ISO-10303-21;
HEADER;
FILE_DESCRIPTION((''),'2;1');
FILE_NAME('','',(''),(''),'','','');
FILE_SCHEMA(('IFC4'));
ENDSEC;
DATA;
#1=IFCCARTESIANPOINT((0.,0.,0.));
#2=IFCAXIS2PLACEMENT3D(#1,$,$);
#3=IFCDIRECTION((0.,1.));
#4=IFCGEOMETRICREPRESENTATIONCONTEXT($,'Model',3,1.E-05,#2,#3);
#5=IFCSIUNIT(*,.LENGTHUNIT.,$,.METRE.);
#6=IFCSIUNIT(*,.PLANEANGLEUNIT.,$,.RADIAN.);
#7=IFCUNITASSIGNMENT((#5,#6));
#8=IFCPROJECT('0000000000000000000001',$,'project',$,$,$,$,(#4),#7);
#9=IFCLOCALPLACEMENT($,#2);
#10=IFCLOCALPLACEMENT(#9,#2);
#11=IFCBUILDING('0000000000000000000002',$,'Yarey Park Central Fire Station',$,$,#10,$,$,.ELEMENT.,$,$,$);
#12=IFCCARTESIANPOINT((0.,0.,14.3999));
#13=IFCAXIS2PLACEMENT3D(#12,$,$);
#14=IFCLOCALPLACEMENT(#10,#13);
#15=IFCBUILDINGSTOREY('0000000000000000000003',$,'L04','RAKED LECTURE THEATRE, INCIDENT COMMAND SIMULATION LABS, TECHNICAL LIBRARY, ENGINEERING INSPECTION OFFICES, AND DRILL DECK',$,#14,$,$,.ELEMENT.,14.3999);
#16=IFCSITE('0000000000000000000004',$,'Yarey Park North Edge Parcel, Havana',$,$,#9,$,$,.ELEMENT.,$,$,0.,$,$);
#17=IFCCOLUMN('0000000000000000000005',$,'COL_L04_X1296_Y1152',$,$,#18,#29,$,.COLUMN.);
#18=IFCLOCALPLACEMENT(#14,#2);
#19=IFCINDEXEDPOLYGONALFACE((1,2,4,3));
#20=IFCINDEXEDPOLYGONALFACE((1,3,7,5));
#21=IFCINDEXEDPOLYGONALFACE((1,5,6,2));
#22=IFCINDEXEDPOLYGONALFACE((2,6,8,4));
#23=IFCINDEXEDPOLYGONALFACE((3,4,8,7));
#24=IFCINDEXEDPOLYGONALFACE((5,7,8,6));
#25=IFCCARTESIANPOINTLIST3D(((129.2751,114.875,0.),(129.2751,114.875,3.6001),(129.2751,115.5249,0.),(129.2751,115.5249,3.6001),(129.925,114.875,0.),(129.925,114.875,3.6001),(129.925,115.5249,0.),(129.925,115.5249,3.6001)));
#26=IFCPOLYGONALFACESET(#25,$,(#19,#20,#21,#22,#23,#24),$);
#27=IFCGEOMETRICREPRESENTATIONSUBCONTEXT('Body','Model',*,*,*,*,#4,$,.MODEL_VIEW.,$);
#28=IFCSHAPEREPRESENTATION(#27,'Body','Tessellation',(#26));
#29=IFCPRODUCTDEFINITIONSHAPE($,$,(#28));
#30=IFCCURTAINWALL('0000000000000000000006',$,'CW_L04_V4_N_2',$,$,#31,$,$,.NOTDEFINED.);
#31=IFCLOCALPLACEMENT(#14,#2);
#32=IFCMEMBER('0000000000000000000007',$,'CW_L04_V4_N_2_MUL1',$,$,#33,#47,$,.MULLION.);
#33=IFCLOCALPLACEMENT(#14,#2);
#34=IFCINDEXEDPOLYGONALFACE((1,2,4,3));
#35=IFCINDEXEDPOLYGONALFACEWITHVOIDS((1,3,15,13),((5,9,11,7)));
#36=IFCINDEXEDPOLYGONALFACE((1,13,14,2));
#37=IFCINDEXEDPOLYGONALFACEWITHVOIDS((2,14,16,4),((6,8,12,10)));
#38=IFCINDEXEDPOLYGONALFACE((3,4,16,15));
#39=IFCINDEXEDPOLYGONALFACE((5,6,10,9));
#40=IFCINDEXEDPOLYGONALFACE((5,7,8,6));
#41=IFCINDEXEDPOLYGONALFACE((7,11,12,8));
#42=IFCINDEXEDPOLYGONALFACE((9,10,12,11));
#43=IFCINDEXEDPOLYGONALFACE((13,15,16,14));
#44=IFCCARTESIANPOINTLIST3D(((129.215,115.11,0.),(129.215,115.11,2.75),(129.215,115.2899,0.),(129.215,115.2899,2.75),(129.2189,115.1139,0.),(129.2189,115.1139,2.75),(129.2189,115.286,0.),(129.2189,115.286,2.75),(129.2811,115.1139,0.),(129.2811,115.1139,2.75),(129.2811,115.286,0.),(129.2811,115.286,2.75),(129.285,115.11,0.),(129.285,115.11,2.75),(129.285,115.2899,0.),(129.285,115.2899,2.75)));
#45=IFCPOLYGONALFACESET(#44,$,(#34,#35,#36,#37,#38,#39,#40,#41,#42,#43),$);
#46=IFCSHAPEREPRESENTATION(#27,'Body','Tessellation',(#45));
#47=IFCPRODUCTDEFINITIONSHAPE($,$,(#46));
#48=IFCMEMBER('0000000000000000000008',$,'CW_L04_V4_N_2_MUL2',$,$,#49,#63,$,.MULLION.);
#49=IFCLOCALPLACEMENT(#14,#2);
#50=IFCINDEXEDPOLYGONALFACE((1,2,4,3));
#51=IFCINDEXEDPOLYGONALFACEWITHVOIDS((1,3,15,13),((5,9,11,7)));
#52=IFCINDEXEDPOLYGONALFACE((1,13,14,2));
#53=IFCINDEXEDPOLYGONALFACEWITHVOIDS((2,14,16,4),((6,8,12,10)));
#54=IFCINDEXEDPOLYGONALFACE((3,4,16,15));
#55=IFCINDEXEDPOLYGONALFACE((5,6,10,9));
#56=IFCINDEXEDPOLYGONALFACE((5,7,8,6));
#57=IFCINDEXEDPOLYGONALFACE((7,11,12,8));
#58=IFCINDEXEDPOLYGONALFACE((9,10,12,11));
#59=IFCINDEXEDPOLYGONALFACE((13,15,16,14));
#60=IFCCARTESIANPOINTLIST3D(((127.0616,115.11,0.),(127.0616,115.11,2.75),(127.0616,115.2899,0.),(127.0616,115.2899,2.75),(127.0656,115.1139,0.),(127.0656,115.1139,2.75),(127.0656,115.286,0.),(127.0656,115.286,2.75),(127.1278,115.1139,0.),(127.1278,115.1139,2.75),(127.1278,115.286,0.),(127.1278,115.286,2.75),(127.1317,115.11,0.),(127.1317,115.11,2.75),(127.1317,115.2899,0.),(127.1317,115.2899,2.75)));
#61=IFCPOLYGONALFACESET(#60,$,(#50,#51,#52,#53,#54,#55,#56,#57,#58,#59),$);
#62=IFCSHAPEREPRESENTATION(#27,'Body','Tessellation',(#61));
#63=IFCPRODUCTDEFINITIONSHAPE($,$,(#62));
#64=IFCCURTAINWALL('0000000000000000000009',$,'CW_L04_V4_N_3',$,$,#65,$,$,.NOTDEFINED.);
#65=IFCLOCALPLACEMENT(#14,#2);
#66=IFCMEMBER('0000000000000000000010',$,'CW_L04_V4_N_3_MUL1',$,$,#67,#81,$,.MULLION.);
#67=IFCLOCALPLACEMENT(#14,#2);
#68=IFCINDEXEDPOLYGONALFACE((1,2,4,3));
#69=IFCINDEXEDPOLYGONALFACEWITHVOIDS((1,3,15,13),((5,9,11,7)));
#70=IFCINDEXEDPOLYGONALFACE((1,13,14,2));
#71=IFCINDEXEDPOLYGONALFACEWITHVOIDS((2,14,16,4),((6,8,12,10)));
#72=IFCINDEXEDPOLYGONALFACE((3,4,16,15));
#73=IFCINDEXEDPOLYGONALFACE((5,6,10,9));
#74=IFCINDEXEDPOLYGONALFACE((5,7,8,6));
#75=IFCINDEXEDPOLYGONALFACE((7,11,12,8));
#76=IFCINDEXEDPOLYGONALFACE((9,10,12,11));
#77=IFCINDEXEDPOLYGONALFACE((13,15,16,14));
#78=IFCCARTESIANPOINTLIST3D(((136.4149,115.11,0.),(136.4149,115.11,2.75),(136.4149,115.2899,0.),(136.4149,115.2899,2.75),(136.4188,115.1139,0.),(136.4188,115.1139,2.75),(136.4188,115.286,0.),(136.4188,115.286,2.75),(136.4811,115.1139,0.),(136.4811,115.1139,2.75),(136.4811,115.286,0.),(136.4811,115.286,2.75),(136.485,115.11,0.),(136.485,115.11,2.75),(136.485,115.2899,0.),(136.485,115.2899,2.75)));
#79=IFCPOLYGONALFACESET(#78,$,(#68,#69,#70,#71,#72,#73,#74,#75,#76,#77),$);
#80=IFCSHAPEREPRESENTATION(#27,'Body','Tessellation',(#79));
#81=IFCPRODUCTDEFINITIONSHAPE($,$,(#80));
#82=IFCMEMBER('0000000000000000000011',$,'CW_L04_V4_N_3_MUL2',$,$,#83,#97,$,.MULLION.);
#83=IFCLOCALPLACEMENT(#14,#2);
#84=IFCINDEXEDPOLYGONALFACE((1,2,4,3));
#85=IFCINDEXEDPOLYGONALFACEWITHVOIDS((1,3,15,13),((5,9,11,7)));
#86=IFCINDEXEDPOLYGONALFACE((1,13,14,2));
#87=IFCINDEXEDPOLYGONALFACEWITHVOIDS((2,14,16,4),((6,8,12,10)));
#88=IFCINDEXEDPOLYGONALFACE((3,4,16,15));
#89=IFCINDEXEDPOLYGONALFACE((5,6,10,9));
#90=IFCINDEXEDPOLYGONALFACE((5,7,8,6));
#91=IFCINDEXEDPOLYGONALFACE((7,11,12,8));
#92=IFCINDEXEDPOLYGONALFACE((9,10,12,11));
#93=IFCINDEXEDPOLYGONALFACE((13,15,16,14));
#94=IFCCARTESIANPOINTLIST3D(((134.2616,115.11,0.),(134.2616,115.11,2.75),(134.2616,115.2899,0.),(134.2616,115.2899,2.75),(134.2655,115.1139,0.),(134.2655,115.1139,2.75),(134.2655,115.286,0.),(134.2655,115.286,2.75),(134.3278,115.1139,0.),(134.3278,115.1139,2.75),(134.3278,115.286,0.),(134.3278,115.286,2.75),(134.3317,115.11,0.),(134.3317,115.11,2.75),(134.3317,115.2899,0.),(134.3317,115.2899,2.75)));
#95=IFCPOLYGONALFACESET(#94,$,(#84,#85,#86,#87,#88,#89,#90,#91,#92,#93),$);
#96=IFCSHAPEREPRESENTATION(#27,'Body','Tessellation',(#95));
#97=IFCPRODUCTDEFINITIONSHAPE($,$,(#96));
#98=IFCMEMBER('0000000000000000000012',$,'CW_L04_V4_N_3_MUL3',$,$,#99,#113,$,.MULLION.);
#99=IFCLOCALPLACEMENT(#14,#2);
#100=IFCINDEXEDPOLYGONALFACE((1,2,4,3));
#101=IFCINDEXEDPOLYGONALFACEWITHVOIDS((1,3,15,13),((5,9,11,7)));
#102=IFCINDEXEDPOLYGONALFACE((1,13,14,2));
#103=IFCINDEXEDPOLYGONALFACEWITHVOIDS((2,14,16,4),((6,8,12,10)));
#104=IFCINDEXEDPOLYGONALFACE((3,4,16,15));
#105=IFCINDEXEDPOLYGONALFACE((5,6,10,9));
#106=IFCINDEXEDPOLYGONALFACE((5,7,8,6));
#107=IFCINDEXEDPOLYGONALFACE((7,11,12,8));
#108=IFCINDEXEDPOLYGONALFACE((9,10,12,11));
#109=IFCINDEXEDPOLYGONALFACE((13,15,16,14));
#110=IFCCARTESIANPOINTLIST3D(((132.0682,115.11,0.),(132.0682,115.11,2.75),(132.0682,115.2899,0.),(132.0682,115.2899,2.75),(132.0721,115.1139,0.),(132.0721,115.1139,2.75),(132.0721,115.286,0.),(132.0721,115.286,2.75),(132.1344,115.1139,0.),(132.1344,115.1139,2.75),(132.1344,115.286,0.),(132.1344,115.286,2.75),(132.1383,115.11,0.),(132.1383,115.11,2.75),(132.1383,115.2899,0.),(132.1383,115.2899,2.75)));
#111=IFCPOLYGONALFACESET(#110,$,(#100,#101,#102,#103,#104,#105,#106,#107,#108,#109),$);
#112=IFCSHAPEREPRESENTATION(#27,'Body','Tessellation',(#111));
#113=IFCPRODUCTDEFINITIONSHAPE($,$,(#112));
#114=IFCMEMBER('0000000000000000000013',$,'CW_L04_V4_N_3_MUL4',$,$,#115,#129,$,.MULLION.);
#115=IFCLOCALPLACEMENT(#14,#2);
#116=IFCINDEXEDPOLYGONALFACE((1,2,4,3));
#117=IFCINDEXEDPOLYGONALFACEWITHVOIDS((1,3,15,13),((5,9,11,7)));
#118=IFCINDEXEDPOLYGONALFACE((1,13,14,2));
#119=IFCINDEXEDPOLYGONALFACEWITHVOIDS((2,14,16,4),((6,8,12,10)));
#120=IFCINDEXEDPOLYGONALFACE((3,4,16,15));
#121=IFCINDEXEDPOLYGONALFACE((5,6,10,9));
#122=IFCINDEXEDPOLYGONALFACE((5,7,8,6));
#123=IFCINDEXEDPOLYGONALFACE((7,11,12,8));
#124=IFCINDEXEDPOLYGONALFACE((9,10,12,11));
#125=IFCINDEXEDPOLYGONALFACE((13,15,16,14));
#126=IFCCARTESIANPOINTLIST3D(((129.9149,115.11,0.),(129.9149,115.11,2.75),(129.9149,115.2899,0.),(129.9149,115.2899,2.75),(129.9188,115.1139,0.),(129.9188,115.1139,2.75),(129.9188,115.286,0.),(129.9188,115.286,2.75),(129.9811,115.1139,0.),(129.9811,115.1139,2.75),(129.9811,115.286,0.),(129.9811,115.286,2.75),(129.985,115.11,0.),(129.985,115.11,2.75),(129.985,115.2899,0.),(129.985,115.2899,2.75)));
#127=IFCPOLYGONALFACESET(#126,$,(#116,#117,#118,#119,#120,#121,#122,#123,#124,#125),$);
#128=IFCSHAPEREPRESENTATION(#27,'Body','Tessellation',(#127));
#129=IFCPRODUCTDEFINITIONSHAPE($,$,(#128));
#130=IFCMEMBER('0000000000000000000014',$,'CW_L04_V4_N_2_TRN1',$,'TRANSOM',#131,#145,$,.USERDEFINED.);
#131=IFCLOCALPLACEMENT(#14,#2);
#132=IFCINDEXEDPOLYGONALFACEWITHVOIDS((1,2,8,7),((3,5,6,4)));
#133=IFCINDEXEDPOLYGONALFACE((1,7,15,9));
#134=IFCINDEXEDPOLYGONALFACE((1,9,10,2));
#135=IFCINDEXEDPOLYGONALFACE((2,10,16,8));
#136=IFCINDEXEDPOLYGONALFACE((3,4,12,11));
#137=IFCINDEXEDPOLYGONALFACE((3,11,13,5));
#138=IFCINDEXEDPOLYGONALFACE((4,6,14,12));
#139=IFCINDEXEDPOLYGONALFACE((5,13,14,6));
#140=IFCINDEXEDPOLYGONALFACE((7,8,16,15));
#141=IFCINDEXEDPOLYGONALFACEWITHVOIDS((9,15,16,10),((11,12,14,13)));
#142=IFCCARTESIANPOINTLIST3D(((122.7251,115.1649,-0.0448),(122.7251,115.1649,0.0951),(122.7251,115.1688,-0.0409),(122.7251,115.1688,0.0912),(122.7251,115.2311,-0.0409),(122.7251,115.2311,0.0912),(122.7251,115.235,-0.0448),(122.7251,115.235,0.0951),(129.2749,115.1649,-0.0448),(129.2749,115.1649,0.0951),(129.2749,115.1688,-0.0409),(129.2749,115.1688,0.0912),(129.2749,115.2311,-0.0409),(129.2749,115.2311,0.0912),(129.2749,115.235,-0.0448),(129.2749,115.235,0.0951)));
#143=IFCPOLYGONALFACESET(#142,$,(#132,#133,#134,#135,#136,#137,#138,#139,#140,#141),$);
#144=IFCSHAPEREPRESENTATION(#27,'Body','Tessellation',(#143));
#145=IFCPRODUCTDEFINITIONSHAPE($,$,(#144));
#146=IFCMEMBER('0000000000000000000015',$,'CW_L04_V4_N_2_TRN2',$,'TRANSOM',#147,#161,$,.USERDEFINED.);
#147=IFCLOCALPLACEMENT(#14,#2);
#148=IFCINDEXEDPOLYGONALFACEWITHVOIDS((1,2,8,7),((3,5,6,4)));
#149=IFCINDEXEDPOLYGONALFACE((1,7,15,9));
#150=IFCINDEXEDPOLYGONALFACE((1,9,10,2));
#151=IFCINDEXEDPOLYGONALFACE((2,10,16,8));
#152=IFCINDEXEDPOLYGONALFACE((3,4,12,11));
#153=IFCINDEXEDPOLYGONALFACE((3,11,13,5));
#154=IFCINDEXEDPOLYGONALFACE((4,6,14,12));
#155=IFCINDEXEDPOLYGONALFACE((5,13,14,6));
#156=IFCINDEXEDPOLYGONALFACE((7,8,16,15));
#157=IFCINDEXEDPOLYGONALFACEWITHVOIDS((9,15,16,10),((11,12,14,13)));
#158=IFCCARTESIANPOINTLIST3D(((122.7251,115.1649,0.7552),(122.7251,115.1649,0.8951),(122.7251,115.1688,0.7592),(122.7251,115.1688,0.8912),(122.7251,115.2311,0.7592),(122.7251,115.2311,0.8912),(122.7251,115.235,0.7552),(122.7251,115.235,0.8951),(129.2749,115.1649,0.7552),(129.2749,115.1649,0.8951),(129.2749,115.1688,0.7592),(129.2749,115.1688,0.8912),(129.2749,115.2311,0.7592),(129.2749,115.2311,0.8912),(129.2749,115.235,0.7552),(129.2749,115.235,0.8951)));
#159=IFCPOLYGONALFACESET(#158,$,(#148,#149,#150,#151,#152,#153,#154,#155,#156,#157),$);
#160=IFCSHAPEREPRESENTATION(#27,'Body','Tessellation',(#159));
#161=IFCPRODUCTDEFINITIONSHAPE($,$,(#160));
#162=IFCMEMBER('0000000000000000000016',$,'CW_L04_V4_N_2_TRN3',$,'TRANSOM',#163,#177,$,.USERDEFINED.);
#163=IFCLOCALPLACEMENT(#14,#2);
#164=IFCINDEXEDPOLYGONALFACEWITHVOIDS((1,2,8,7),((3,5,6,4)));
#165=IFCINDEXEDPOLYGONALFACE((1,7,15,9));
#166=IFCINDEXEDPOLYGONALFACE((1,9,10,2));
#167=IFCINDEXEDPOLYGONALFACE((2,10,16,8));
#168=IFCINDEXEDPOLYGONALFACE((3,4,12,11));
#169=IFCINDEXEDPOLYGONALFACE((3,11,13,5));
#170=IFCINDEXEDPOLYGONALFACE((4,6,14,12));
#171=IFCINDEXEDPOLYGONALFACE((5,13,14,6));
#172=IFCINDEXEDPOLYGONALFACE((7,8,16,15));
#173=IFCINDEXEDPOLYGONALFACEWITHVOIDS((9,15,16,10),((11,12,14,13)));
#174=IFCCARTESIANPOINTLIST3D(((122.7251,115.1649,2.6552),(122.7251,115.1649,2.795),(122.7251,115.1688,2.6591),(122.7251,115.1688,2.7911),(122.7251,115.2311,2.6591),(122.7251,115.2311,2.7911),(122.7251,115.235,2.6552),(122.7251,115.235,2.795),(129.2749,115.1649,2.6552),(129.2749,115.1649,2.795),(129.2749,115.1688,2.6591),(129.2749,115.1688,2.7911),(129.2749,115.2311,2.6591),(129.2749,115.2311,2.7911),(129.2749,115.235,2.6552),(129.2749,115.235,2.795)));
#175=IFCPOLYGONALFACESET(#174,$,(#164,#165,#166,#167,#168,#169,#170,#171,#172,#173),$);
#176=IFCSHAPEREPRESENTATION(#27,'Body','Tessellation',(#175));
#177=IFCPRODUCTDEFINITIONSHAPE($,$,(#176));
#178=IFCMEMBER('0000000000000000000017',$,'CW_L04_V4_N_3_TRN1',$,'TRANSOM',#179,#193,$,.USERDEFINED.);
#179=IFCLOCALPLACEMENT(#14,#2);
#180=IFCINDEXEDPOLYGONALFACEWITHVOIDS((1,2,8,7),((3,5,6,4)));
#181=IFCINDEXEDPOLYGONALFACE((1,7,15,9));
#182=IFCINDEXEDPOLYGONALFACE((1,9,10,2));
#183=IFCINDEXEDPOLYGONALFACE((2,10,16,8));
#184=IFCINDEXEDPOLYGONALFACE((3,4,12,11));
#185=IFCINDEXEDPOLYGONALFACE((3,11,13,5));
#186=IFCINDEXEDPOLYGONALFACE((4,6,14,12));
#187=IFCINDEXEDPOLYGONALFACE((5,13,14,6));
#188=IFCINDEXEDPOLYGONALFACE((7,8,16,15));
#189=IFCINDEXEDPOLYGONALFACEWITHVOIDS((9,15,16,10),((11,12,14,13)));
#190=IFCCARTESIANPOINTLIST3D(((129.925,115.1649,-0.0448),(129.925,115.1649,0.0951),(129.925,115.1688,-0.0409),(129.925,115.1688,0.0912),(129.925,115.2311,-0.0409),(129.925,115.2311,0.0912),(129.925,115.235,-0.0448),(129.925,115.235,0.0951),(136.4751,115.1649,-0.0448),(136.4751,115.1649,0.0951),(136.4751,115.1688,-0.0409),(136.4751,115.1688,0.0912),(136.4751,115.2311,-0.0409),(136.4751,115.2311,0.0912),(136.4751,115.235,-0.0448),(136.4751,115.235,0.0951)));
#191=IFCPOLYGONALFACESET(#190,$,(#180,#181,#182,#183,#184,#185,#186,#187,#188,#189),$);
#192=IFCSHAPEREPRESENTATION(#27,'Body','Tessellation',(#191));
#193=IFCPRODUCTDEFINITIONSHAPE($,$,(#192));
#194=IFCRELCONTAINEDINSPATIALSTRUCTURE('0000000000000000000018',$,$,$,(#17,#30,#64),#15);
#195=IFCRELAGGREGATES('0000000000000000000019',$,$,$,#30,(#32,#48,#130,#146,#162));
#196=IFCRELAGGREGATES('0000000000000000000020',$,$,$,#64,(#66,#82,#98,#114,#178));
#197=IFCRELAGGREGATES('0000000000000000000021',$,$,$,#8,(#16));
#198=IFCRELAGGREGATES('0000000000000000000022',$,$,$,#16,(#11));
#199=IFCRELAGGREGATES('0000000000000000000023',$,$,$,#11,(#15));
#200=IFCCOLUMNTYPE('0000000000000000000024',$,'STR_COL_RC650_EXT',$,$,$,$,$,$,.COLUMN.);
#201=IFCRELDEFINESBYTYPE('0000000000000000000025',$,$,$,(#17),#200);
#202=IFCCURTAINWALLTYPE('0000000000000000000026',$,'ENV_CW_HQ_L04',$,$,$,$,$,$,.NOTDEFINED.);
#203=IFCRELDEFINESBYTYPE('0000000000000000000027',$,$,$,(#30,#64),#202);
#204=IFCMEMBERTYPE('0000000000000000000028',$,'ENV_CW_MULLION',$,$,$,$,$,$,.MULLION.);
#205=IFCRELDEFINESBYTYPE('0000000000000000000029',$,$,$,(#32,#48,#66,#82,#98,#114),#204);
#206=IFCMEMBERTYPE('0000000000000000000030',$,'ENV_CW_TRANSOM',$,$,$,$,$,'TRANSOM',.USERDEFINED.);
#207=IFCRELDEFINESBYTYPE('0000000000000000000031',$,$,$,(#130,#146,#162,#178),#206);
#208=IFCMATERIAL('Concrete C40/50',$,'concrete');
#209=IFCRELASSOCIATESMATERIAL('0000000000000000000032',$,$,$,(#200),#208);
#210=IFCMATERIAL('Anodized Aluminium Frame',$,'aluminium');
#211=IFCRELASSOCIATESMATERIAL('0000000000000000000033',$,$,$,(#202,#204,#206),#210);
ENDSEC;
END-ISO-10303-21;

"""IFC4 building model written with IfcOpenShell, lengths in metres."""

from ifc_helpers import new_model, si_unit, direction, frame, origin, origin_2d, place, context, subcontext, project, spatial, rectangle, hollow_rectangle, extrude, material, material_profile, profile_set, type_object, element, aggregate, save


model = new_model("IFC4")

# Units and contexts
model_context = context("Model", 3, precision=1e-05, world=origin(), true_north=direction((0.0, 1.0)))
body_context = subcontext(model_context, "Body", "Model", "MODEL_VIEW")
ifc_project = project(units=[si_unit("LENGTHUNIT", "METRE"), si_unit("PLANEANGLEUNIT", "RADIAN")], contexts=[model_context])

# Site, building, storey
site_placement = place(None, origin())
site = spatial("IfcSite", under=ifc_project, at=site_placement, Name="Yarey Park North Edge Parcel, Havana", CompositionType="ELEMENT", RefElevation=0.0)
building_placement = place(site_placement, origin())
building = spatial("IfcBuilding", under=site, at=building_placement, Name="Yarey Park Central Fire Station", CompositionType="ELEMENT")
storey_placement = place(building_placement, frame((0.0, 0.0, 14.3999)))
storey = spatial("IfcBuildingStorey", under=building, at=storey_placement, Name="L04", Description="RAKED LECTURE THEATRE, INCIDENT COMMAND SIMULATION LABS, TECHNICAL LIBRARY, ENGINEERING INSPECTION OFFICES, AND DRILL DECK", CompositionType="ELEMENT", Elevation=14.3999)

# Column
ifc_material_1 = material(Name="Concrete C40/50", Category="concrete")
ifc_material_profile_1 = material_profile(ifc_material_1, rectangle(XDim=0.6499, YDim=0.6499, at=origin_2d()), Name="RC 650x650")
ifc_profile_set_1 = profile_set([ifc_material_profile_1], Name="Concrete C40/50")
column_type = type_object("IfcColumnType", Name="STR_COL_RC650_EXT", PredefinedType="COLUMN", material=ifc_profile_set_1)
column_placement = place(storey_placement, frame((129.6001, 115.2, 0.0), z_axis=(0.0, 0.0, 1.0), x_axis=(1.0, 0.0, 0.0)))
element("IfcColumn", 1, at=column_placement, inside=storey, type_object=column_type, Name="COL_L04_X1296_Y1152", PredefinedType="COLUMN", context=body_context, shape_type="SweptSolid", body=[
    extrude(rectangle(XDim=0.6499, YDim=0.6499, at=origin_2d()), origin(), (0.0, 0.0, 1.0), 3.6001),
])

# Curtain walls, members
ifc_material_2 = material(Name="Anodized Aluminium Frame", Category="aluminium")
curtain_wall_type = type_object("IfcCurtainWallType", Name="ENV_CW_HQ_L04", PredefinedType="NOTDEFINED", material=ifc_material_2)
curtain_wall_1_placement = place(storey_placement, origin())
curtain_wall_1 = element("IfcCurtainWall", 2, at=curtain_wall_1_placement, inside=storey, type_object=curtain_wall_type, Name="CW_L04_V4_N_2", PredefinedType="NOTDEFINED")
ifc_material_profile_2 = material_profile(ifc_material_2, hollow_rectangle(XDim=0.0701, YDim=0.1799, WallThickness=0.0039, at=origin_2d()), Name="ALU 180x70x4")
ifc_profile_set_2 = profile_set([ifc_material_profile_2], Name="Anodized Aluminium Frame")
member_type_1 = type_object("IfcMemberType", Name="ENV_CW_MULLION", PredefinedType="MULLION", material=ifc_profile_set_2)
member_1_placement = place(storey_placement, frame((129.25, 115.2, 0.0), z_axis=(0.0, 0.0, 1.0), x_axis=(1.0, 0.0, 0.0)))
member_1 = element("IfcMember", 3, at=member_1_placement, type_object=member_type_1, Name="CW_L04_V4_N_2_MUL1", PredefinedType="MULLION", context=body_context, shape_type="SweptSolid", body=[
    extrude(hollow_rectangle(XDim=0.0701, YDim=0.1799, WallThickness=0.0039, at=origin_2d()), origin(), (0.0, 0.0, 1.0), 2.75),
])
member_2_placement = place(storey_placement, frame((127.0967, 115.2, 0.0), z_axis=(0.0, 0.0, 1.0), x_axis=(1.0, 0.0, 0.0)))
member_2 = element("IfcMember", 4, at=member_2_placement, type_object=member_type_1, Name="CW_L04_V4_N_2_MUL2", PredefinedType="MULLION", context=body_context, shape_type="SweptSolid", body=[
    extrude(hollow_rectangle(XDim=0.0701, YDim=0.1799, WallThickness=0.0039, at=origin_2d()), origin(), (0.0, 0.0, 1.0), 2.75),
])
curtain_wall_2_placement = place(storey_placement, origin())
curtain_wall_2 = element("IfcCurtainWall", 5, at=curtain_wall_2_placement, inside=storey, type_object=curtain_wall_type, Name="CW_L04_V4_N_3", PredefinedType="NOTDEFINED")
member_3_placement = place(storey_placement, frame((136.45, 115.2, 0.0), z_axis=(0.0, 0.0, 1.0), x_axis=(1.0, 0.0, 0.0)))
member_3 = element("IfcMember", 6, at=member_3_placement, type_object=member_type_1, Name="CW_L04_V4_N_3_MUL1", PredefinedType="MULLION", context=body_context, shape_type="SweptSolid", body=[
    extrude(hollow_rectangle(XDim=0.0701, YDim=0.1799, WallThickness=0.0039, at=origin_2d()), origin(), (0.0, 0.0, 1.0), 2.75),
])
member_4_placement = place(storey_placement, frame((134.2966, 115.2, 0.0), z_axis=(0.0, 0.0, 1.0), x_axis=(1.0, 0.0, 0.0)))
member_4 = element("IfcMember", 7, at=member_4_placement, type_object=member_type_1, Name="CW_L04_V4_N_3_MUL2", PredefinedType="MULLION", context=body_context, shape_type="SweptSolid", body=[
    extrude(hollow_rectangle(XDim=0.0701, YDim=0.1799, WallThickness=0.0039, at=origin_2d()), origin(), (0.0, 0.0, 1.0), 2.75),
])
member_5_placement = place(storey_placement, frame((132.1033, 115.2, 0.0), z_axis=(0.0, 0.0, 1.0), x_axis=(1.0, 0.0, 0.0)))
member_5 = element("IfcMember", 8, at=member_5_placement, type_object=member_type_1, Name="CW_L04_V4_N_3_MUL3", PredefinedType="MULLION", context=body_context, shape_type="SweptSolid", body=[
    extrude(hollow_rectangle(XDim=0.0701, YDim=0.1799, WallThickness=0.0039, at=origin_2d()), origin(), (0.0, 0.0, 1.0), 2.75),
])
member_6_placement = place(storey_placement, frame((129.95, 115.2, 0.0), z_axis=(0.0, 0.0, 1.0), x_axis=(1.0, 0.0, 0.0)))
member_6 = element("IfcMember", 9, at=member_6_placement, type_object=member_type_1, Name="CW_L04_V4_N_3_MUL4", PredefinedType="MULLION", context=body_context, shape_type="SweptSolid", body=[
    extrude(hollow_rectangle(XDim=0.0701, YDim=0.1799, WallThickness=0.0039, at=origin_2d()), origin(), (0.0, 0.0, 1.0), 2.75),
])

# Members
ifc_material_profile_3 = material_profile(ifc_material_2, hollow_rectangle(XDim=0.0701, YDim=0.1399, WallThickness=0.0039, at=origin_2d()), Name="ALU 140x70x4")
ifc_profile_set_3 = profile_set([ifc_material_profile_3], Name="Anodized Aluminium Frame")
member_type_2 = type_object("IfcMemberType", Name="ENV_CW_TRANSOM", ElementType="TRANSOM", PredefinedType="USERDEFINED", material=ifc_profile_set_3)
member_7_placement = place(storey_placement, frame((129.2749, 115.2, 0.0251), z_axis=(-1.0, 0.0, 0.0), x_axis=(0.0, -1.0, 0.0)))
member_7 = element("IfcMember", 10, at=member_7_placement, type_object=member_type_2, Name="CW_L04_V4_N_2_TRN1", ObjectType="TRANSOM", PredefinedType="USERDEFINED", context=body_context, shape_type="SweptSolid", body=[
    extrude(hollow_rectangle(XDim=0.0701, YDim=0.1399, WallThickness=0.0039, at=origin_2d()), origin(), (0.0, 0.0, 1.0), 6.5498),
])
member_8_placement = place(storey_placement, frame((129.2749, 115.2, 0.8252), z_axis=(-1.0, 0.0, 0.0), x_axis=(0.0, -1.0, 0.0)))
member_8 = element("IfcMember", 11, at=member_8_placement, type_object=member_type_2, Name="CW_L04_V4_N_2_TRN2", ObjectType="TRANSOM", PredefinedType="USERDEFINED", context=body_context, shape_type="SweptSolid", body=[
    extrude(hollow_rectangle(XDim=0.0701, YDim=0.1399, WallThickness=0.0039, at=origin_2d()), origin(), (0.0, 0.0, 1.0), 6.5498),
])
member_9_placement = place(storey_placement, frame((129.2749, 115.2, 2.7251), z_axis=(-1.0, 0.0, 0.0), x_axis=(0.0, -1.0, 0.0)))
member_9 = element("IfcMember", 12, at=member_9_placement, type_object=member_type_2, Name="CW_L04_V4_N_2_TRN3", ObjectType="TRANSOM", PredefinedType="USERDEFINED", context=body_context, shape_type="SweptSolid", body=[
    extrude(hollow_rectangle(XDim=0.0701, YDim=0.1399, WallThickness=0.0039, at=origin_2d()), origin(), (0.0, 0.0, 1.0), 6.5498),
])
member_10_placement = place(storey_placement, frame((136.4751, 115.2, 0.0251), z_axis=(-1.0, 0.0, 0.0), x_axis=(0.0, -1.0, 0.0)))
member_10 = element("IfcMember", 13, at=member_10_placement, type_object=member_type_2, Name="CW_L04_V4_N_3_TRN1", ObjectType="TRANSOM", PredefinedType="USERDEFINED", context=body_context, shape_type="SweptSolid", body=[
    extrude(hollow_rectangle(XDim=0.0701, YDim=0.1399, WallThickness=0.0039, at=origin_2d()), origin(), (0.0, 0.0, 1.0), 6.55),
])

aggregate(curtain_wall_1, [member_1, member_2, member_7, member_8, member_9])
aggregate(curtain_wall_2, [member_3, member_4, member_5, member_6, member_10])

save(model, "model.ifc")
